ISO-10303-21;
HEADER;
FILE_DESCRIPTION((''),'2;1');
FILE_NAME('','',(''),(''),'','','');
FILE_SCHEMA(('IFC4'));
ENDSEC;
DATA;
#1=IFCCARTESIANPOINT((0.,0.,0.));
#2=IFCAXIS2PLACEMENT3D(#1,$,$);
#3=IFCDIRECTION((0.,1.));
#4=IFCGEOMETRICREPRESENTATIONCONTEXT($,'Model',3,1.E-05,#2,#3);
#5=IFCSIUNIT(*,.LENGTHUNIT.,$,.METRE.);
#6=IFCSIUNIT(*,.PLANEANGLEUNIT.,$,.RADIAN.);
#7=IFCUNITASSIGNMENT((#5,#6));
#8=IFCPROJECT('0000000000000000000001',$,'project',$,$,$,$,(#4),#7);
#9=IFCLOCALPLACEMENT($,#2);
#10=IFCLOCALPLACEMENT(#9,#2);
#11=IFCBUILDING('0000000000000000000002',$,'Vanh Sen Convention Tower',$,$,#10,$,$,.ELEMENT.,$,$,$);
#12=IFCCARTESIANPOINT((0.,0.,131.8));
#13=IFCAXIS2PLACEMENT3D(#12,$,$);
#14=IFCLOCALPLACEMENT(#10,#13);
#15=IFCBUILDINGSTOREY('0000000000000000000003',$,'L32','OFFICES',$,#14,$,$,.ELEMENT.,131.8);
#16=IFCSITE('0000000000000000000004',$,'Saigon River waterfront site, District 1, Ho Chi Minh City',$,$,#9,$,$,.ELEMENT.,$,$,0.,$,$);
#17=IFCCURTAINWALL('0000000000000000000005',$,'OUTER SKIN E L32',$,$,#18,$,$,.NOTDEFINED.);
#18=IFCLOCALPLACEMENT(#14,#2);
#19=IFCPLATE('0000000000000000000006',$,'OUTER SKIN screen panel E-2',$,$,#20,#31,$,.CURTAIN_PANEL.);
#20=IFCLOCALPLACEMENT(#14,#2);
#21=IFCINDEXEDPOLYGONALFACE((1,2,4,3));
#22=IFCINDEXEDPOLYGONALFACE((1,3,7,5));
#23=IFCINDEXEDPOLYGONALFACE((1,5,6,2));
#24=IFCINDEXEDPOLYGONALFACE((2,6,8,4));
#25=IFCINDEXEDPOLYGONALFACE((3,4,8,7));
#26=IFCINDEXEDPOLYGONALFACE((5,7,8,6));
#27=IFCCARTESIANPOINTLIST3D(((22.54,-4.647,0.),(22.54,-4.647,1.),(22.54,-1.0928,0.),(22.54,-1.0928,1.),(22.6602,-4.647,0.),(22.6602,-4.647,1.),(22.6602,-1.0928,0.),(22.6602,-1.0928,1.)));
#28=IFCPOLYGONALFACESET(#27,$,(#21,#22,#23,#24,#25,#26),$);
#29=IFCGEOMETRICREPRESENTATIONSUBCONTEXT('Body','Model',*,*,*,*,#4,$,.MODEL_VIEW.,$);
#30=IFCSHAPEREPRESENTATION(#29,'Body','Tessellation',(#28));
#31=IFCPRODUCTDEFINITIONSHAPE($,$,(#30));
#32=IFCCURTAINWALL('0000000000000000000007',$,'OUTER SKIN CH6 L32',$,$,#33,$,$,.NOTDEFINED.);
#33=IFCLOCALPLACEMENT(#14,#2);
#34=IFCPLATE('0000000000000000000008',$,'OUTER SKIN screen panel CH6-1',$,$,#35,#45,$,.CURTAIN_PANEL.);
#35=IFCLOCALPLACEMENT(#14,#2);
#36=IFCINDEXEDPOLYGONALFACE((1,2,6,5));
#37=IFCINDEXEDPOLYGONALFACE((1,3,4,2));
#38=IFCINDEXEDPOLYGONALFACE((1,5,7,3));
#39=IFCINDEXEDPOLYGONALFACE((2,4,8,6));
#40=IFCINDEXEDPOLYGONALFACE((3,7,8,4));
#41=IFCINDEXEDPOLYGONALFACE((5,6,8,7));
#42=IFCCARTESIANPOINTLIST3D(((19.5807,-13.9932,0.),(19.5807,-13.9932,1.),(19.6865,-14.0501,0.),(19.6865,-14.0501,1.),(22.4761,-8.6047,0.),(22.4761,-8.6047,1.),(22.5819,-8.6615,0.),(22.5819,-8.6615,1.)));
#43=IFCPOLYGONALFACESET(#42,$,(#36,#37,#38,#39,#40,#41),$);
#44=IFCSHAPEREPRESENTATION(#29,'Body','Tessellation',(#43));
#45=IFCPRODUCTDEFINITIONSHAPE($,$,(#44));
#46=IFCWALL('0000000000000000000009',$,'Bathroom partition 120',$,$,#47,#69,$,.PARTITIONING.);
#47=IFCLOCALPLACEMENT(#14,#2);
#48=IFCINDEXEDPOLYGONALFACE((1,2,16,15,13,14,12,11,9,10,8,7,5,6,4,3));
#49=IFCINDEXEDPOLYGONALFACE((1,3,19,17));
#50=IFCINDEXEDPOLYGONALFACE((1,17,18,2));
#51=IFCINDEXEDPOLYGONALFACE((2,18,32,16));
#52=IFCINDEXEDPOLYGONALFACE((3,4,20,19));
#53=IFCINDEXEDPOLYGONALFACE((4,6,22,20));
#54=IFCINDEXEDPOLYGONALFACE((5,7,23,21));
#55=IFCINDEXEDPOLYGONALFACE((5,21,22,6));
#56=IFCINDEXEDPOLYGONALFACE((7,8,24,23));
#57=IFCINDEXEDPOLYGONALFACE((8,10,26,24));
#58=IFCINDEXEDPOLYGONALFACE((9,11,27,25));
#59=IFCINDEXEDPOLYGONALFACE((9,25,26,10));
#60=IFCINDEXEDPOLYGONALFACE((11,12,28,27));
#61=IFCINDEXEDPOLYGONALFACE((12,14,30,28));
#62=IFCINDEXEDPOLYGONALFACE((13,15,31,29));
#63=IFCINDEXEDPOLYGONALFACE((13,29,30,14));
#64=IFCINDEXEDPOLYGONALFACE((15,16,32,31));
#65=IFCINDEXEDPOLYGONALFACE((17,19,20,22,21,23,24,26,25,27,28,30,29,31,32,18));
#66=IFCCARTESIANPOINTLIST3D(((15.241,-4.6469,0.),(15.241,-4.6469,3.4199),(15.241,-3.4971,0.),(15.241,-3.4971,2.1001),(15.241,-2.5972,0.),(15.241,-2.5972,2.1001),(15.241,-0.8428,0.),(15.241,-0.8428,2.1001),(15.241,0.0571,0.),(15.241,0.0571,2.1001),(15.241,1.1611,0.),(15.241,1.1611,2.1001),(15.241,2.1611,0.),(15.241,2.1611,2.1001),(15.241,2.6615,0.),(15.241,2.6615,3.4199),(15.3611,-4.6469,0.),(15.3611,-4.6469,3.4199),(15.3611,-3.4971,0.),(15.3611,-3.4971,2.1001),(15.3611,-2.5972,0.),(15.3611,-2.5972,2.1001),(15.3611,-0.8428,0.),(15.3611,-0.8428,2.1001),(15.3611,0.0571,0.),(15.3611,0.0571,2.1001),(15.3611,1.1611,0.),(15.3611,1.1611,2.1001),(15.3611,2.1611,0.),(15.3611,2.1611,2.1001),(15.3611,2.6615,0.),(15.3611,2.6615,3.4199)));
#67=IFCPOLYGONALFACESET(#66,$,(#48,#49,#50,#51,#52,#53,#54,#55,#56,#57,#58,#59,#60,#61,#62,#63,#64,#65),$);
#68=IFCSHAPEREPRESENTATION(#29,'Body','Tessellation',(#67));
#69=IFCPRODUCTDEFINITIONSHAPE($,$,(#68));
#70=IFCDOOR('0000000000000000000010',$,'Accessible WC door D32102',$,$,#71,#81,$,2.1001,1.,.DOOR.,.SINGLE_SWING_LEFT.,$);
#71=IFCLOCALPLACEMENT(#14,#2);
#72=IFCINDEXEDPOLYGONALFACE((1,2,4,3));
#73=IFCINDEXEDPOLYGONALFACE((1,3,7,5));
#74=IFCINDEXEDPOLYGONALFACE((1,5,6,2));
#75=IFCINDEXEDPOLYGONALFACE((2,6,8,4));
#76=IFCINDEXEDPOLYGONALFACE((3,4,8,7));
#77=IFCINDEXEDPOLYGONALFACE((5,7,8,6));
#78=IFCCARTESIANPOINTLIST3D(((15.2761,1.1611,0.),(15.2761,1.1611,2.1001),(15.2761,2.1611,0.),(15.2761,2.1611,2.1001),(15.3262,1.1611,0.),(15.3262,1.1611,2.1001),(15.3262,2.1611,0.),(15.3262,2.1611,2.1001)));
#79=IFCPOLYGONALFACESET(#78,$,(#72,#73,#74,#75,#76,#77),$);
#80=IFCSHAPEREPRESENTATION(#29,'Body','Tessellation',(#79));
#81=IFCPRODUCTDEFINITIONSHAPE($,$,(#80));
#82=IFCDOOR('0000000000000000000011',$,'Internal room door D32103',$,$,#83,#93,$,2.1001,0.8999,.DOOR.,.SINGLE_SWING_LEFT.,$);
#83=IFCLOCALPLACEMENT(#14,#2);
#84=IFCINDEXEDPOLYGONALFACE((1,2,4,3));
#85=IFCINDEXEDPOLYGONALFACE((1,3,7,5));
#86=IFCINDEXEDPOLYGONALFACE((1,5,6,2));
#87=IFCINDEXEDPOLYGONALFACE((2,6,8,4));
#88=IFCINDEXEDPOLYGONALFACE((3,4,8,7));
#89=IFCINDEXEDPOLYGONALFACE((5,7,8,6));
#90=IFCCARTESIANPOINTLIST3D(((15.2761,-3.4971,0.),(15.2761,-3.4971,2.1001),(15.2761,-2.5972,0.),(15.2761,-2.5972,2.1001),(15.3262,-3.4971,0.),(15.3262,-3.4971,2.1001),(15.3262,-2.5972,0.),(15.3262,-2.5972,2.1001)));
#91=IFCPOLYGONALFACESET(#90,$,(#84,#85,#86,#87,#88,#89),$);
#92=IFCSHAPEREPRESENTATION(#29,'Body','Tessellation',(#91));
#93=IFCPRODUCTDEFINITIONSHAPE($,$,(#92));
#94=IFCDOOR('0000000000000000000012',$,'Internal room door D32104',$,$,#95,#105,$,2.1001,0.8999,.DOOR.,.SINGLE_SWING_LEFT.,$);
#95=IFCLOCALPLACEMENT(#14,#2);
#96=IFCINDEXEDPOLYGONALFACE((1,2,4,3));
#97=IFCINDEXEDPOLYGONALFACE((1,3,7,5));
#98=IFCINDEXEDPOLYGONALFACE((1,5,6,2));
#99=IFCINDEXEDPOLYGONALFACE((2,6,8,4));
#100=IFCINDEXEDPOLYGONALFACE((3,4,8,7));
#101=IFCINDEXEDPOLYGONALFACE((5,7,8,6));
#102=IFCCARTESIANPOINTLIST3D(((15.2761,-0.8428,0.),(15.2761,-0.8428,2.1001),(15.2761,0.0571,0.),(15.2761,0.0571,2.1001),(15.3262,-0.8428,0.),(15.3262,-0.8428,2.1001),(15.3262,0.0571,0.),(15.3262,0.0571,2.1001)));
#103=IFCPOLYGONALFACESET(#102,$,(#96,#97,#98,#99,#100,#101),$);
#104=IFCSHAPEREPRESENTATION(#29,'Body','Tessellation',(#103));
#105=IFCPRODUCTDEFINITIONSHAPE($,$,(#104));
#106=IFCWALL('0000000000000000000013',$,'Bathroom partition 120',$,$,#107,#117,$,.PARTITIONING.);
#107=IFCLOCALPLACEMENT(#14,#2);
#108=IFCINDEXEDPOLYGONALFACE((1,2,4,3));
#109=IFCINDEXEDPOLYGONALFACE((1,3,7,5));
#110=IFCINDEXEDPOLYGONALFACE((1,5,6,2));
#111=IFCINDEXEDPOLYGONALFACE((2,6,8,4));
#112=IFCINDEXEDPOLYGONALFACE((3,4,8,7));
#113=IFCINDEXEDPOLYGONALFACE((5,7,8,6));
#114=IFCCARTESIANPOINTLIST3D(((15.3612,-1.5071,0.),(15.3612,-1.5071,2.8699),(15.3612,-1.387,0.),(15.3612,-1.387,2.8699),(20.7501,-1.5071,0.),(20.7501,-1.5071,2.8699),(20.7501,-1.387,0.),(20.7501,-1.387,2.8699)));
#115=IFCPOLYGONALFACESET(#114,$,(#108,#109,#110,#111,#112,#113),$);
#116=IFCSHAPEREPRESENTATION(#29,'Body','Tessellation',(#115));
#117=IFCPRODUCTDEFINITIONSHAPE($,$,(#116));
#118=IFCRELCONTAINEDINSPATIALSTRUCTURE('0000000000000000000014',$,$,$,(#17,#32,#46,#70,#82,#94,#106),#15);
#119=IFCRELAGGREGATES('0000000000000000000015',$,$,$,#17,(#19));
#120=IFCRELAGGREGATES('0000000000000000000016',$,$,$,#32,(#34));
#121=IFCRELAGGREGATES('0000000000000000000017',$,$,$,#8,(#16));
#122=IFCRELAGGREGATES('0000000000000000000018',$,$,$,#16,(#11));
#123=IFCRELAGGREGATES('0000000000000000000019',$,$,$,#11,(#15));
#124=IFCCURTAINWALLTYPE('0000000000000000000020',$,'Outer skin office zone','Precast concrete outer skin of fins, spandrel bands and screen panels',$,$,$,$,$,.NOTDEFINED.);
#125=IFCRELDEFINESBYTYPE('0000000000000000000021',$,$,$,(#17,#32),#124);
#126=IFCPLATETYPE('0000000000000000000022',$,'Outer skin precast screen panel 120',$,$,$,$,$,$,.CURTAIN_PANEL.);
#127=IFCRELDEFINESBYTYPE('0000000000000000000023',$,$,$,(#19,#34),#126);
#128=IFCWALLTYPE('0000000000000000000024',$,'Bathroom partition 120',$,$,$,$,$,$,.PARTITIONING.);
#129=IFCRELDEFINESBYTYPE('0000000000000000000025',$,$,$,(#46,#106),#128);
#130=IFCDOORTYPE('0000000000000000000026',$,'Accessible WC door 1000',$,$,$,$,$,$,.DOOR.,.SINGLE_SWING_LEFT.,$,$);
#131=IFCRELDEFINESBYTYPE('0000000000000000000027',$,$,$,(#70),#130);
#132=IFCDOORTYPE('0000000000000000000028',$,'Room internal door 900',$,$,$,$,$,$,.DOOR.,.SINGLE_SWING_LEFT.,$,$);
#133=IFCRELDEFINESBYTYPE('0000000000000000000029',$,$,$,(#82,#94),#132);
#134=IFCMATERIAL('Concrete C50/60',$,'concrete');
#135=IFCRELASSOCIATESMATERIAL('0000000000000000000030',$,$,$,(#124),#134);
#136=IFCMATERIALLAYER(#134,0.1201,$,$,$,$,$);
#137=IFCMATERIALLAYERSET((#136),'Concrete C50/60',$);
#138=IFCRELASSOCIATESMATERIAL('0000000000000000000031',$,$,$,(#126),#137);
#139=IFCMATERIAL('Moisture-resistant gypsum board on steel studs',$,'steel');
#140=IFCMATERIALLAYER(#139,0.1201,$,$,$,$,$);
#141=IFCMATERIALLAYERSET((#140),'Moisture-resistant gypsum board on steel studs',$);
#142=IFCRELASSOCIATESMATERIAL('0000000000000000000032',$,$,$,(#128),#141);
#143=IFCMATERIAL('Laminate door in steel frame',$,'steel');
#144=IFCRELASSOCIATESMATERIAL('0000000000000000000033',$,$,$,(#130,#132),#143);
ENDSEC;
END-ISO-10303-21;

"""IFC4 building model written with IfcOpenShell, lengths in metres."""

from ifc_helpers import new_model, si_unit, direction, frame, frame_2d, origin, origin_2d, place, context, subcontext, project, spatial, rectangle, extrude, material, layer, layer_set, type_object, element, fill, aggregate, save


model = new_model("IFC4")

# Units and contexts
model_context = context("Model", 3, precision=1e-05, world=origin(), true_north=direction((0.0, 1.0)))
body_context = subcontext(model_context, "Body", "Model", "MODEL_VIEW")
ifc_project = project(units=[si_unit("LENGTHUNIT", "METRE"), si_unit("PLANEANGLEUNIT", "RADIAN")], contexts=[model_context])

# Site, building, storey
site_placement = place(None, origin())
site = spatial("IfcSite", under=ifc_project, at=site_placement, Name="Saigon River waterfront site, District 1, Ho Chi Minh City", CompositionType="ELEMENT", RefElevation=0.0)
building_placement = place(site_placement, origin())
building = spatial("IfcBuilding", under=site, at=building_placement, Name="Vanh Sen Convention Tower", CompositionType="ELEMENT")
storey_placement = place(building_placement, frame((0.0, 0.0, 131.8)))
storey = spatial("IfcBuildingStorey", under=building, at=storey_placement, Name="L32", Description="OFFICES", CompositionType="ELEMENT", Elevation=131.8)

# Curtain wall
ifc_material_1 = material(Name="Concrete C50/60", Category="concrete")
curtain_wall_type = type_object("IfcCurtainWallType", Name="Outer skin office zone", Description="Precast concrete outer skin of fins, spandrel bands and screen panels", PredefinedType="NOTDEFINED", material=ifc_material_1)
curtain_wall_1_placement = place(storey_placement, origin())
curtain_wall_1 = element("IfcCurtainWall", 1, at=curtain_wall_1_placement, inside=storey, type_object=curtain_wall_type, Name="OUTER SKIN E L32", PredefinedType="NOTDEFINED")

# Plate
ifc_layer_1 = layer(ifc_material_1, 0.1201)
ifc_layer_set_1 = layer_set([ifc_layer_1], Name="Concrete C50/60")
plate_type = type_object("IfcPlateType", Name="Outer skin precast screen panel 120", PredefinedType="CURTAIN_PANEL", material=ifc_layer_set_1)
plate_1_placement = place(storey_placement, frame((22.6001, -2.8699, 0.0), z_axis=(0.0, 0.0, 1.0), x_axis=(0.0, 1.0, 0.0)))
plate_1 = element("IfcPlate", 2, at=plate_1_placement, type_object=plate_type, Name="OUTER SKIN screen panel E-2", PredefinedType="CURTAIN_PANEL", context=body_context, shape_type="SweptSolid", body=[
    extrude(rectangle(XDim=3.5542, YDim=0.1201, at=origin_2d()), origin(), (0.0, 0.0, 1.0), 1.0),
])
aggregate(curtain_wall_1, [plate_1])

# Curtain wall, plate
curtain_wall_2_placement = place(storey_placement, origin())
curtain_wall_2 = element("IfcCurtainWall", 3, at=curtain_wall_2_placement, inside=storey, type_object=curtain_wall_type, Name="OUTER SKIN CH6 L32", PredefinedType="NOTDEFINED")
plate_2_placement = place(storey_placement, frame((21.0813, -11.3274, 0.0), z_axis=(0.0, 0.0, 1.0), x_axis=(0.473321, 0.88089, 0.0)))
plate_2 = element("IfcPlate", 4, at=plate_2_placement, type_object=plate_type, Name="OUTER SKIN screen panel CH6-1", PredefinedType="CURTAIN_PANEL", context=body_context, shape_type="SweptSolid", body=[
    extrude(rectangle(XDim=6.1172, YDim=0.1201, at=origin_2d()), origin(), (0.0, 0.0, 1.0), 1.0),
])
aggregate(curtain_wall_2, [plate_2])

# Wall, openings, doors
ifc_material_2 = material(Name="Moisture-resistant gypsum board on steel studs", Category="steel")
ifc_layer_2 = layer(ifc_material_2, 0.1201)
ifc_layer_set_2 = layer_set([ifc_layer_2], Name="Moisture-resistant gypsum board on steel studs")
wall_type_1 = type_object("IfcWallType", Name="Bathroom partition 120", PredefinedType="PARTITIONING", material=ifc_layer_set_2)
wall_1_placement = place(storey_placement, frame((15.301, -4.647, 0.0), z_axis=(0.0, 0.0, 1.0), x_axis=(0.0, 1.0, 0.0)))
wall_1 = element("IfcWall", 5, at=wall_1_placement, inside=storey, type_object=wall_type_1, Name="Bathroom partition 120", PredefinedType="PARTITIONING", context=body_context, shape_type="SweptSolid", body=[
    extrude(rectangle(XDim=7.3083, YDim=0.1201, at=frame_2d((3.6543, 0.0))), origin(), (0.0, 0.0, 1.0), 3.4199),
])
opening_1_placement = place(wall_1_placement, frame((5.8081, 0.0, 0.0)))
opening_1 = element("IfcOpeningElement", 6, at=opening_1_placement, cuts=wall_1, PredefinedType="OPENING", context=body_context, shape_type="SweptSolid", body=[
    extrude(rectangle(XDim=1.0, YDim=2.1001, at=frame_2d((0.5, 1.05))), frame((0.0, 0.0701, 0.0), z_axis=(0.0, -1.0, 0.0), x_axis=(1.0, 0.0, 0.0)), (0.0, 0.0, 1.0), 0.1401),
])
opening_2_placement = place(wall_1_placement, frame((1.1499, 0.0, 0.0)))
opening_2 = element("IfcOpeningElement", 7, at=opening_2_placement, cuts=wall_1, PredefinedType="OPENING", context=body_context, shape_type="SweptSolid", body=[
    extrude(rectangle(XDim=0.8999, YDim=2.1001, at=frame_2d((0.45, 1.05))), frame((0.0, 0.0701, 0.0), z_axis=(0.0, -1.0, 0.0), x_axis=(1.0, 0.0, 0.0)), (0.0, 0.0, 1.0), 0.1401),
])
opening_3_placement = place(wall_1_placement, frame((3.8042, 0.0, 0.0)))
opening_3 = element("IfcOpeningElement", 8, at=opening_3_placement, cuts=wall_1, PredefinedType="OPENING", context=body_context, shape_type="SweptSolid", body=[
    extrude(rectangle(XDim=0.8999, YDim=2.1001, at=frame_2d((0.45, 1.05))), frame((0.0, 0.0701, 0.0), z_axis=(0.0, -1.0, 0.0), x_axis=(1.0, 0.0, 0.0)), (0.0, 0.0, 1.0), 0.1401),
])
ifc_material_3 = material(Name="Laminate door in steel frame", Category="steel")
door_type_1 = type_object("IfcDoorType", Name="Accessible WC door 1000", OperationType="SINGLE_SWING_LEFT", PredefinedType="DOOR", material=ifc_material_3)
door_1_placement = place(opening_1_placement, origin())
door_1 = element("IfcDoor", 9, at=door_1_placement, inside=storey, type_object=door_type_1, Name="Accessible WC door D32102", OperationType="SINGLE_SWING_LEFT", OverallHeight=2.1001, OverallWidth=1.0, PredefinedType="DOOR", context=body_context, shape_type="SweptSolid", body=[
    extrude(rectangle(XDim=1.0, YDim=2.1001, at=frame_2d((0.5, 1.05))), frame((0.0, 0.0249, 0.0), z_axis=(0.0, -1.0, 0.0), x_axis=(1.0, 0.0, 0.0)), (0.0, 0.0, 1.0), 0.05),
])
fill(opening_1, door_1)
door_type_2 = type_object("IfcDoorType", Name="Room internal door 900", OperationType="SINGLE_SWING_LEFT", PredefinedType="DOOR", material=ifc_material_3)
door_2_placement = place(opening_2_placement, origin())
door_2 = element("IfcDoor", 10, at=door_2_placement, inside=storey, type_object=door_type_2, Name="Internal room door D32103", OperationType="SINGLE_SWING_LEFT", OverallHeight=2.1001, OverallWidth=0.8999, PredefinedType="DOOR", context=body_context, shape_type="SweptSolid", body=[
    extrude(rectangle(XDim=0.8999, YDim=2.1001, at=frame_2d((0.45, 1.05))), frame((0.0, 0.0249, 0.0), z_axis=(0.0, -1.0, 0.0), x_axis=(1.0, 0.0, 0.0)), (0.0, 0.0, 1.0), 0.05),
])
fill(opening_2, door_2)
door_3_placement = place(opening_3_placement, origin())
door_3 = element("IfcDoor", 11, at=door_3_placement, inside=storey, type_object=door_type_2, Name="Internal room door D32104", OperationType="SINGLE_SWING_LEFT", OverallHeight=2.1001, OverallWidth=0.8999, PredefinedType="DOOR", context=body_context, shape_type="SweptSolid", body=[
    extrude(rectangle(XDim=0.8999, YDim=2.1001, at=frame_2d((0.45, 1.05))), frame((0.0, 0.0249, 0.0), z_axis=(0.0, -1.0, 0.0), x_axis=(1.0, 0.0, 0.0)), (0.0, 0.0, 1.0), 0.05),
])
fill(opening_3, door_3)

# Wall
wall_2_placement = place(storey_placement, frame((20.75, -1.447, 0.0), z_axis=(0.0, 0.0, 1.0), x_axis=(-1.0, 0.0, 0.0)))
element("IfcWall", 12, at=wall_2_placement, inside=storey, type_object=wall_type_1, Name="Bathroom partition 120", PredefinedType="PARTITIONING", context=body_context, shape_type="SweptSolid", body=[
    extrude(rectangle(XDim=5.3889, YDim=0.1201, at=frame_2d((2.6943, 0.0))), origin(), (0.0, 0.0, 1.0), 2.8699),
])

save(model, "model.ifc")
